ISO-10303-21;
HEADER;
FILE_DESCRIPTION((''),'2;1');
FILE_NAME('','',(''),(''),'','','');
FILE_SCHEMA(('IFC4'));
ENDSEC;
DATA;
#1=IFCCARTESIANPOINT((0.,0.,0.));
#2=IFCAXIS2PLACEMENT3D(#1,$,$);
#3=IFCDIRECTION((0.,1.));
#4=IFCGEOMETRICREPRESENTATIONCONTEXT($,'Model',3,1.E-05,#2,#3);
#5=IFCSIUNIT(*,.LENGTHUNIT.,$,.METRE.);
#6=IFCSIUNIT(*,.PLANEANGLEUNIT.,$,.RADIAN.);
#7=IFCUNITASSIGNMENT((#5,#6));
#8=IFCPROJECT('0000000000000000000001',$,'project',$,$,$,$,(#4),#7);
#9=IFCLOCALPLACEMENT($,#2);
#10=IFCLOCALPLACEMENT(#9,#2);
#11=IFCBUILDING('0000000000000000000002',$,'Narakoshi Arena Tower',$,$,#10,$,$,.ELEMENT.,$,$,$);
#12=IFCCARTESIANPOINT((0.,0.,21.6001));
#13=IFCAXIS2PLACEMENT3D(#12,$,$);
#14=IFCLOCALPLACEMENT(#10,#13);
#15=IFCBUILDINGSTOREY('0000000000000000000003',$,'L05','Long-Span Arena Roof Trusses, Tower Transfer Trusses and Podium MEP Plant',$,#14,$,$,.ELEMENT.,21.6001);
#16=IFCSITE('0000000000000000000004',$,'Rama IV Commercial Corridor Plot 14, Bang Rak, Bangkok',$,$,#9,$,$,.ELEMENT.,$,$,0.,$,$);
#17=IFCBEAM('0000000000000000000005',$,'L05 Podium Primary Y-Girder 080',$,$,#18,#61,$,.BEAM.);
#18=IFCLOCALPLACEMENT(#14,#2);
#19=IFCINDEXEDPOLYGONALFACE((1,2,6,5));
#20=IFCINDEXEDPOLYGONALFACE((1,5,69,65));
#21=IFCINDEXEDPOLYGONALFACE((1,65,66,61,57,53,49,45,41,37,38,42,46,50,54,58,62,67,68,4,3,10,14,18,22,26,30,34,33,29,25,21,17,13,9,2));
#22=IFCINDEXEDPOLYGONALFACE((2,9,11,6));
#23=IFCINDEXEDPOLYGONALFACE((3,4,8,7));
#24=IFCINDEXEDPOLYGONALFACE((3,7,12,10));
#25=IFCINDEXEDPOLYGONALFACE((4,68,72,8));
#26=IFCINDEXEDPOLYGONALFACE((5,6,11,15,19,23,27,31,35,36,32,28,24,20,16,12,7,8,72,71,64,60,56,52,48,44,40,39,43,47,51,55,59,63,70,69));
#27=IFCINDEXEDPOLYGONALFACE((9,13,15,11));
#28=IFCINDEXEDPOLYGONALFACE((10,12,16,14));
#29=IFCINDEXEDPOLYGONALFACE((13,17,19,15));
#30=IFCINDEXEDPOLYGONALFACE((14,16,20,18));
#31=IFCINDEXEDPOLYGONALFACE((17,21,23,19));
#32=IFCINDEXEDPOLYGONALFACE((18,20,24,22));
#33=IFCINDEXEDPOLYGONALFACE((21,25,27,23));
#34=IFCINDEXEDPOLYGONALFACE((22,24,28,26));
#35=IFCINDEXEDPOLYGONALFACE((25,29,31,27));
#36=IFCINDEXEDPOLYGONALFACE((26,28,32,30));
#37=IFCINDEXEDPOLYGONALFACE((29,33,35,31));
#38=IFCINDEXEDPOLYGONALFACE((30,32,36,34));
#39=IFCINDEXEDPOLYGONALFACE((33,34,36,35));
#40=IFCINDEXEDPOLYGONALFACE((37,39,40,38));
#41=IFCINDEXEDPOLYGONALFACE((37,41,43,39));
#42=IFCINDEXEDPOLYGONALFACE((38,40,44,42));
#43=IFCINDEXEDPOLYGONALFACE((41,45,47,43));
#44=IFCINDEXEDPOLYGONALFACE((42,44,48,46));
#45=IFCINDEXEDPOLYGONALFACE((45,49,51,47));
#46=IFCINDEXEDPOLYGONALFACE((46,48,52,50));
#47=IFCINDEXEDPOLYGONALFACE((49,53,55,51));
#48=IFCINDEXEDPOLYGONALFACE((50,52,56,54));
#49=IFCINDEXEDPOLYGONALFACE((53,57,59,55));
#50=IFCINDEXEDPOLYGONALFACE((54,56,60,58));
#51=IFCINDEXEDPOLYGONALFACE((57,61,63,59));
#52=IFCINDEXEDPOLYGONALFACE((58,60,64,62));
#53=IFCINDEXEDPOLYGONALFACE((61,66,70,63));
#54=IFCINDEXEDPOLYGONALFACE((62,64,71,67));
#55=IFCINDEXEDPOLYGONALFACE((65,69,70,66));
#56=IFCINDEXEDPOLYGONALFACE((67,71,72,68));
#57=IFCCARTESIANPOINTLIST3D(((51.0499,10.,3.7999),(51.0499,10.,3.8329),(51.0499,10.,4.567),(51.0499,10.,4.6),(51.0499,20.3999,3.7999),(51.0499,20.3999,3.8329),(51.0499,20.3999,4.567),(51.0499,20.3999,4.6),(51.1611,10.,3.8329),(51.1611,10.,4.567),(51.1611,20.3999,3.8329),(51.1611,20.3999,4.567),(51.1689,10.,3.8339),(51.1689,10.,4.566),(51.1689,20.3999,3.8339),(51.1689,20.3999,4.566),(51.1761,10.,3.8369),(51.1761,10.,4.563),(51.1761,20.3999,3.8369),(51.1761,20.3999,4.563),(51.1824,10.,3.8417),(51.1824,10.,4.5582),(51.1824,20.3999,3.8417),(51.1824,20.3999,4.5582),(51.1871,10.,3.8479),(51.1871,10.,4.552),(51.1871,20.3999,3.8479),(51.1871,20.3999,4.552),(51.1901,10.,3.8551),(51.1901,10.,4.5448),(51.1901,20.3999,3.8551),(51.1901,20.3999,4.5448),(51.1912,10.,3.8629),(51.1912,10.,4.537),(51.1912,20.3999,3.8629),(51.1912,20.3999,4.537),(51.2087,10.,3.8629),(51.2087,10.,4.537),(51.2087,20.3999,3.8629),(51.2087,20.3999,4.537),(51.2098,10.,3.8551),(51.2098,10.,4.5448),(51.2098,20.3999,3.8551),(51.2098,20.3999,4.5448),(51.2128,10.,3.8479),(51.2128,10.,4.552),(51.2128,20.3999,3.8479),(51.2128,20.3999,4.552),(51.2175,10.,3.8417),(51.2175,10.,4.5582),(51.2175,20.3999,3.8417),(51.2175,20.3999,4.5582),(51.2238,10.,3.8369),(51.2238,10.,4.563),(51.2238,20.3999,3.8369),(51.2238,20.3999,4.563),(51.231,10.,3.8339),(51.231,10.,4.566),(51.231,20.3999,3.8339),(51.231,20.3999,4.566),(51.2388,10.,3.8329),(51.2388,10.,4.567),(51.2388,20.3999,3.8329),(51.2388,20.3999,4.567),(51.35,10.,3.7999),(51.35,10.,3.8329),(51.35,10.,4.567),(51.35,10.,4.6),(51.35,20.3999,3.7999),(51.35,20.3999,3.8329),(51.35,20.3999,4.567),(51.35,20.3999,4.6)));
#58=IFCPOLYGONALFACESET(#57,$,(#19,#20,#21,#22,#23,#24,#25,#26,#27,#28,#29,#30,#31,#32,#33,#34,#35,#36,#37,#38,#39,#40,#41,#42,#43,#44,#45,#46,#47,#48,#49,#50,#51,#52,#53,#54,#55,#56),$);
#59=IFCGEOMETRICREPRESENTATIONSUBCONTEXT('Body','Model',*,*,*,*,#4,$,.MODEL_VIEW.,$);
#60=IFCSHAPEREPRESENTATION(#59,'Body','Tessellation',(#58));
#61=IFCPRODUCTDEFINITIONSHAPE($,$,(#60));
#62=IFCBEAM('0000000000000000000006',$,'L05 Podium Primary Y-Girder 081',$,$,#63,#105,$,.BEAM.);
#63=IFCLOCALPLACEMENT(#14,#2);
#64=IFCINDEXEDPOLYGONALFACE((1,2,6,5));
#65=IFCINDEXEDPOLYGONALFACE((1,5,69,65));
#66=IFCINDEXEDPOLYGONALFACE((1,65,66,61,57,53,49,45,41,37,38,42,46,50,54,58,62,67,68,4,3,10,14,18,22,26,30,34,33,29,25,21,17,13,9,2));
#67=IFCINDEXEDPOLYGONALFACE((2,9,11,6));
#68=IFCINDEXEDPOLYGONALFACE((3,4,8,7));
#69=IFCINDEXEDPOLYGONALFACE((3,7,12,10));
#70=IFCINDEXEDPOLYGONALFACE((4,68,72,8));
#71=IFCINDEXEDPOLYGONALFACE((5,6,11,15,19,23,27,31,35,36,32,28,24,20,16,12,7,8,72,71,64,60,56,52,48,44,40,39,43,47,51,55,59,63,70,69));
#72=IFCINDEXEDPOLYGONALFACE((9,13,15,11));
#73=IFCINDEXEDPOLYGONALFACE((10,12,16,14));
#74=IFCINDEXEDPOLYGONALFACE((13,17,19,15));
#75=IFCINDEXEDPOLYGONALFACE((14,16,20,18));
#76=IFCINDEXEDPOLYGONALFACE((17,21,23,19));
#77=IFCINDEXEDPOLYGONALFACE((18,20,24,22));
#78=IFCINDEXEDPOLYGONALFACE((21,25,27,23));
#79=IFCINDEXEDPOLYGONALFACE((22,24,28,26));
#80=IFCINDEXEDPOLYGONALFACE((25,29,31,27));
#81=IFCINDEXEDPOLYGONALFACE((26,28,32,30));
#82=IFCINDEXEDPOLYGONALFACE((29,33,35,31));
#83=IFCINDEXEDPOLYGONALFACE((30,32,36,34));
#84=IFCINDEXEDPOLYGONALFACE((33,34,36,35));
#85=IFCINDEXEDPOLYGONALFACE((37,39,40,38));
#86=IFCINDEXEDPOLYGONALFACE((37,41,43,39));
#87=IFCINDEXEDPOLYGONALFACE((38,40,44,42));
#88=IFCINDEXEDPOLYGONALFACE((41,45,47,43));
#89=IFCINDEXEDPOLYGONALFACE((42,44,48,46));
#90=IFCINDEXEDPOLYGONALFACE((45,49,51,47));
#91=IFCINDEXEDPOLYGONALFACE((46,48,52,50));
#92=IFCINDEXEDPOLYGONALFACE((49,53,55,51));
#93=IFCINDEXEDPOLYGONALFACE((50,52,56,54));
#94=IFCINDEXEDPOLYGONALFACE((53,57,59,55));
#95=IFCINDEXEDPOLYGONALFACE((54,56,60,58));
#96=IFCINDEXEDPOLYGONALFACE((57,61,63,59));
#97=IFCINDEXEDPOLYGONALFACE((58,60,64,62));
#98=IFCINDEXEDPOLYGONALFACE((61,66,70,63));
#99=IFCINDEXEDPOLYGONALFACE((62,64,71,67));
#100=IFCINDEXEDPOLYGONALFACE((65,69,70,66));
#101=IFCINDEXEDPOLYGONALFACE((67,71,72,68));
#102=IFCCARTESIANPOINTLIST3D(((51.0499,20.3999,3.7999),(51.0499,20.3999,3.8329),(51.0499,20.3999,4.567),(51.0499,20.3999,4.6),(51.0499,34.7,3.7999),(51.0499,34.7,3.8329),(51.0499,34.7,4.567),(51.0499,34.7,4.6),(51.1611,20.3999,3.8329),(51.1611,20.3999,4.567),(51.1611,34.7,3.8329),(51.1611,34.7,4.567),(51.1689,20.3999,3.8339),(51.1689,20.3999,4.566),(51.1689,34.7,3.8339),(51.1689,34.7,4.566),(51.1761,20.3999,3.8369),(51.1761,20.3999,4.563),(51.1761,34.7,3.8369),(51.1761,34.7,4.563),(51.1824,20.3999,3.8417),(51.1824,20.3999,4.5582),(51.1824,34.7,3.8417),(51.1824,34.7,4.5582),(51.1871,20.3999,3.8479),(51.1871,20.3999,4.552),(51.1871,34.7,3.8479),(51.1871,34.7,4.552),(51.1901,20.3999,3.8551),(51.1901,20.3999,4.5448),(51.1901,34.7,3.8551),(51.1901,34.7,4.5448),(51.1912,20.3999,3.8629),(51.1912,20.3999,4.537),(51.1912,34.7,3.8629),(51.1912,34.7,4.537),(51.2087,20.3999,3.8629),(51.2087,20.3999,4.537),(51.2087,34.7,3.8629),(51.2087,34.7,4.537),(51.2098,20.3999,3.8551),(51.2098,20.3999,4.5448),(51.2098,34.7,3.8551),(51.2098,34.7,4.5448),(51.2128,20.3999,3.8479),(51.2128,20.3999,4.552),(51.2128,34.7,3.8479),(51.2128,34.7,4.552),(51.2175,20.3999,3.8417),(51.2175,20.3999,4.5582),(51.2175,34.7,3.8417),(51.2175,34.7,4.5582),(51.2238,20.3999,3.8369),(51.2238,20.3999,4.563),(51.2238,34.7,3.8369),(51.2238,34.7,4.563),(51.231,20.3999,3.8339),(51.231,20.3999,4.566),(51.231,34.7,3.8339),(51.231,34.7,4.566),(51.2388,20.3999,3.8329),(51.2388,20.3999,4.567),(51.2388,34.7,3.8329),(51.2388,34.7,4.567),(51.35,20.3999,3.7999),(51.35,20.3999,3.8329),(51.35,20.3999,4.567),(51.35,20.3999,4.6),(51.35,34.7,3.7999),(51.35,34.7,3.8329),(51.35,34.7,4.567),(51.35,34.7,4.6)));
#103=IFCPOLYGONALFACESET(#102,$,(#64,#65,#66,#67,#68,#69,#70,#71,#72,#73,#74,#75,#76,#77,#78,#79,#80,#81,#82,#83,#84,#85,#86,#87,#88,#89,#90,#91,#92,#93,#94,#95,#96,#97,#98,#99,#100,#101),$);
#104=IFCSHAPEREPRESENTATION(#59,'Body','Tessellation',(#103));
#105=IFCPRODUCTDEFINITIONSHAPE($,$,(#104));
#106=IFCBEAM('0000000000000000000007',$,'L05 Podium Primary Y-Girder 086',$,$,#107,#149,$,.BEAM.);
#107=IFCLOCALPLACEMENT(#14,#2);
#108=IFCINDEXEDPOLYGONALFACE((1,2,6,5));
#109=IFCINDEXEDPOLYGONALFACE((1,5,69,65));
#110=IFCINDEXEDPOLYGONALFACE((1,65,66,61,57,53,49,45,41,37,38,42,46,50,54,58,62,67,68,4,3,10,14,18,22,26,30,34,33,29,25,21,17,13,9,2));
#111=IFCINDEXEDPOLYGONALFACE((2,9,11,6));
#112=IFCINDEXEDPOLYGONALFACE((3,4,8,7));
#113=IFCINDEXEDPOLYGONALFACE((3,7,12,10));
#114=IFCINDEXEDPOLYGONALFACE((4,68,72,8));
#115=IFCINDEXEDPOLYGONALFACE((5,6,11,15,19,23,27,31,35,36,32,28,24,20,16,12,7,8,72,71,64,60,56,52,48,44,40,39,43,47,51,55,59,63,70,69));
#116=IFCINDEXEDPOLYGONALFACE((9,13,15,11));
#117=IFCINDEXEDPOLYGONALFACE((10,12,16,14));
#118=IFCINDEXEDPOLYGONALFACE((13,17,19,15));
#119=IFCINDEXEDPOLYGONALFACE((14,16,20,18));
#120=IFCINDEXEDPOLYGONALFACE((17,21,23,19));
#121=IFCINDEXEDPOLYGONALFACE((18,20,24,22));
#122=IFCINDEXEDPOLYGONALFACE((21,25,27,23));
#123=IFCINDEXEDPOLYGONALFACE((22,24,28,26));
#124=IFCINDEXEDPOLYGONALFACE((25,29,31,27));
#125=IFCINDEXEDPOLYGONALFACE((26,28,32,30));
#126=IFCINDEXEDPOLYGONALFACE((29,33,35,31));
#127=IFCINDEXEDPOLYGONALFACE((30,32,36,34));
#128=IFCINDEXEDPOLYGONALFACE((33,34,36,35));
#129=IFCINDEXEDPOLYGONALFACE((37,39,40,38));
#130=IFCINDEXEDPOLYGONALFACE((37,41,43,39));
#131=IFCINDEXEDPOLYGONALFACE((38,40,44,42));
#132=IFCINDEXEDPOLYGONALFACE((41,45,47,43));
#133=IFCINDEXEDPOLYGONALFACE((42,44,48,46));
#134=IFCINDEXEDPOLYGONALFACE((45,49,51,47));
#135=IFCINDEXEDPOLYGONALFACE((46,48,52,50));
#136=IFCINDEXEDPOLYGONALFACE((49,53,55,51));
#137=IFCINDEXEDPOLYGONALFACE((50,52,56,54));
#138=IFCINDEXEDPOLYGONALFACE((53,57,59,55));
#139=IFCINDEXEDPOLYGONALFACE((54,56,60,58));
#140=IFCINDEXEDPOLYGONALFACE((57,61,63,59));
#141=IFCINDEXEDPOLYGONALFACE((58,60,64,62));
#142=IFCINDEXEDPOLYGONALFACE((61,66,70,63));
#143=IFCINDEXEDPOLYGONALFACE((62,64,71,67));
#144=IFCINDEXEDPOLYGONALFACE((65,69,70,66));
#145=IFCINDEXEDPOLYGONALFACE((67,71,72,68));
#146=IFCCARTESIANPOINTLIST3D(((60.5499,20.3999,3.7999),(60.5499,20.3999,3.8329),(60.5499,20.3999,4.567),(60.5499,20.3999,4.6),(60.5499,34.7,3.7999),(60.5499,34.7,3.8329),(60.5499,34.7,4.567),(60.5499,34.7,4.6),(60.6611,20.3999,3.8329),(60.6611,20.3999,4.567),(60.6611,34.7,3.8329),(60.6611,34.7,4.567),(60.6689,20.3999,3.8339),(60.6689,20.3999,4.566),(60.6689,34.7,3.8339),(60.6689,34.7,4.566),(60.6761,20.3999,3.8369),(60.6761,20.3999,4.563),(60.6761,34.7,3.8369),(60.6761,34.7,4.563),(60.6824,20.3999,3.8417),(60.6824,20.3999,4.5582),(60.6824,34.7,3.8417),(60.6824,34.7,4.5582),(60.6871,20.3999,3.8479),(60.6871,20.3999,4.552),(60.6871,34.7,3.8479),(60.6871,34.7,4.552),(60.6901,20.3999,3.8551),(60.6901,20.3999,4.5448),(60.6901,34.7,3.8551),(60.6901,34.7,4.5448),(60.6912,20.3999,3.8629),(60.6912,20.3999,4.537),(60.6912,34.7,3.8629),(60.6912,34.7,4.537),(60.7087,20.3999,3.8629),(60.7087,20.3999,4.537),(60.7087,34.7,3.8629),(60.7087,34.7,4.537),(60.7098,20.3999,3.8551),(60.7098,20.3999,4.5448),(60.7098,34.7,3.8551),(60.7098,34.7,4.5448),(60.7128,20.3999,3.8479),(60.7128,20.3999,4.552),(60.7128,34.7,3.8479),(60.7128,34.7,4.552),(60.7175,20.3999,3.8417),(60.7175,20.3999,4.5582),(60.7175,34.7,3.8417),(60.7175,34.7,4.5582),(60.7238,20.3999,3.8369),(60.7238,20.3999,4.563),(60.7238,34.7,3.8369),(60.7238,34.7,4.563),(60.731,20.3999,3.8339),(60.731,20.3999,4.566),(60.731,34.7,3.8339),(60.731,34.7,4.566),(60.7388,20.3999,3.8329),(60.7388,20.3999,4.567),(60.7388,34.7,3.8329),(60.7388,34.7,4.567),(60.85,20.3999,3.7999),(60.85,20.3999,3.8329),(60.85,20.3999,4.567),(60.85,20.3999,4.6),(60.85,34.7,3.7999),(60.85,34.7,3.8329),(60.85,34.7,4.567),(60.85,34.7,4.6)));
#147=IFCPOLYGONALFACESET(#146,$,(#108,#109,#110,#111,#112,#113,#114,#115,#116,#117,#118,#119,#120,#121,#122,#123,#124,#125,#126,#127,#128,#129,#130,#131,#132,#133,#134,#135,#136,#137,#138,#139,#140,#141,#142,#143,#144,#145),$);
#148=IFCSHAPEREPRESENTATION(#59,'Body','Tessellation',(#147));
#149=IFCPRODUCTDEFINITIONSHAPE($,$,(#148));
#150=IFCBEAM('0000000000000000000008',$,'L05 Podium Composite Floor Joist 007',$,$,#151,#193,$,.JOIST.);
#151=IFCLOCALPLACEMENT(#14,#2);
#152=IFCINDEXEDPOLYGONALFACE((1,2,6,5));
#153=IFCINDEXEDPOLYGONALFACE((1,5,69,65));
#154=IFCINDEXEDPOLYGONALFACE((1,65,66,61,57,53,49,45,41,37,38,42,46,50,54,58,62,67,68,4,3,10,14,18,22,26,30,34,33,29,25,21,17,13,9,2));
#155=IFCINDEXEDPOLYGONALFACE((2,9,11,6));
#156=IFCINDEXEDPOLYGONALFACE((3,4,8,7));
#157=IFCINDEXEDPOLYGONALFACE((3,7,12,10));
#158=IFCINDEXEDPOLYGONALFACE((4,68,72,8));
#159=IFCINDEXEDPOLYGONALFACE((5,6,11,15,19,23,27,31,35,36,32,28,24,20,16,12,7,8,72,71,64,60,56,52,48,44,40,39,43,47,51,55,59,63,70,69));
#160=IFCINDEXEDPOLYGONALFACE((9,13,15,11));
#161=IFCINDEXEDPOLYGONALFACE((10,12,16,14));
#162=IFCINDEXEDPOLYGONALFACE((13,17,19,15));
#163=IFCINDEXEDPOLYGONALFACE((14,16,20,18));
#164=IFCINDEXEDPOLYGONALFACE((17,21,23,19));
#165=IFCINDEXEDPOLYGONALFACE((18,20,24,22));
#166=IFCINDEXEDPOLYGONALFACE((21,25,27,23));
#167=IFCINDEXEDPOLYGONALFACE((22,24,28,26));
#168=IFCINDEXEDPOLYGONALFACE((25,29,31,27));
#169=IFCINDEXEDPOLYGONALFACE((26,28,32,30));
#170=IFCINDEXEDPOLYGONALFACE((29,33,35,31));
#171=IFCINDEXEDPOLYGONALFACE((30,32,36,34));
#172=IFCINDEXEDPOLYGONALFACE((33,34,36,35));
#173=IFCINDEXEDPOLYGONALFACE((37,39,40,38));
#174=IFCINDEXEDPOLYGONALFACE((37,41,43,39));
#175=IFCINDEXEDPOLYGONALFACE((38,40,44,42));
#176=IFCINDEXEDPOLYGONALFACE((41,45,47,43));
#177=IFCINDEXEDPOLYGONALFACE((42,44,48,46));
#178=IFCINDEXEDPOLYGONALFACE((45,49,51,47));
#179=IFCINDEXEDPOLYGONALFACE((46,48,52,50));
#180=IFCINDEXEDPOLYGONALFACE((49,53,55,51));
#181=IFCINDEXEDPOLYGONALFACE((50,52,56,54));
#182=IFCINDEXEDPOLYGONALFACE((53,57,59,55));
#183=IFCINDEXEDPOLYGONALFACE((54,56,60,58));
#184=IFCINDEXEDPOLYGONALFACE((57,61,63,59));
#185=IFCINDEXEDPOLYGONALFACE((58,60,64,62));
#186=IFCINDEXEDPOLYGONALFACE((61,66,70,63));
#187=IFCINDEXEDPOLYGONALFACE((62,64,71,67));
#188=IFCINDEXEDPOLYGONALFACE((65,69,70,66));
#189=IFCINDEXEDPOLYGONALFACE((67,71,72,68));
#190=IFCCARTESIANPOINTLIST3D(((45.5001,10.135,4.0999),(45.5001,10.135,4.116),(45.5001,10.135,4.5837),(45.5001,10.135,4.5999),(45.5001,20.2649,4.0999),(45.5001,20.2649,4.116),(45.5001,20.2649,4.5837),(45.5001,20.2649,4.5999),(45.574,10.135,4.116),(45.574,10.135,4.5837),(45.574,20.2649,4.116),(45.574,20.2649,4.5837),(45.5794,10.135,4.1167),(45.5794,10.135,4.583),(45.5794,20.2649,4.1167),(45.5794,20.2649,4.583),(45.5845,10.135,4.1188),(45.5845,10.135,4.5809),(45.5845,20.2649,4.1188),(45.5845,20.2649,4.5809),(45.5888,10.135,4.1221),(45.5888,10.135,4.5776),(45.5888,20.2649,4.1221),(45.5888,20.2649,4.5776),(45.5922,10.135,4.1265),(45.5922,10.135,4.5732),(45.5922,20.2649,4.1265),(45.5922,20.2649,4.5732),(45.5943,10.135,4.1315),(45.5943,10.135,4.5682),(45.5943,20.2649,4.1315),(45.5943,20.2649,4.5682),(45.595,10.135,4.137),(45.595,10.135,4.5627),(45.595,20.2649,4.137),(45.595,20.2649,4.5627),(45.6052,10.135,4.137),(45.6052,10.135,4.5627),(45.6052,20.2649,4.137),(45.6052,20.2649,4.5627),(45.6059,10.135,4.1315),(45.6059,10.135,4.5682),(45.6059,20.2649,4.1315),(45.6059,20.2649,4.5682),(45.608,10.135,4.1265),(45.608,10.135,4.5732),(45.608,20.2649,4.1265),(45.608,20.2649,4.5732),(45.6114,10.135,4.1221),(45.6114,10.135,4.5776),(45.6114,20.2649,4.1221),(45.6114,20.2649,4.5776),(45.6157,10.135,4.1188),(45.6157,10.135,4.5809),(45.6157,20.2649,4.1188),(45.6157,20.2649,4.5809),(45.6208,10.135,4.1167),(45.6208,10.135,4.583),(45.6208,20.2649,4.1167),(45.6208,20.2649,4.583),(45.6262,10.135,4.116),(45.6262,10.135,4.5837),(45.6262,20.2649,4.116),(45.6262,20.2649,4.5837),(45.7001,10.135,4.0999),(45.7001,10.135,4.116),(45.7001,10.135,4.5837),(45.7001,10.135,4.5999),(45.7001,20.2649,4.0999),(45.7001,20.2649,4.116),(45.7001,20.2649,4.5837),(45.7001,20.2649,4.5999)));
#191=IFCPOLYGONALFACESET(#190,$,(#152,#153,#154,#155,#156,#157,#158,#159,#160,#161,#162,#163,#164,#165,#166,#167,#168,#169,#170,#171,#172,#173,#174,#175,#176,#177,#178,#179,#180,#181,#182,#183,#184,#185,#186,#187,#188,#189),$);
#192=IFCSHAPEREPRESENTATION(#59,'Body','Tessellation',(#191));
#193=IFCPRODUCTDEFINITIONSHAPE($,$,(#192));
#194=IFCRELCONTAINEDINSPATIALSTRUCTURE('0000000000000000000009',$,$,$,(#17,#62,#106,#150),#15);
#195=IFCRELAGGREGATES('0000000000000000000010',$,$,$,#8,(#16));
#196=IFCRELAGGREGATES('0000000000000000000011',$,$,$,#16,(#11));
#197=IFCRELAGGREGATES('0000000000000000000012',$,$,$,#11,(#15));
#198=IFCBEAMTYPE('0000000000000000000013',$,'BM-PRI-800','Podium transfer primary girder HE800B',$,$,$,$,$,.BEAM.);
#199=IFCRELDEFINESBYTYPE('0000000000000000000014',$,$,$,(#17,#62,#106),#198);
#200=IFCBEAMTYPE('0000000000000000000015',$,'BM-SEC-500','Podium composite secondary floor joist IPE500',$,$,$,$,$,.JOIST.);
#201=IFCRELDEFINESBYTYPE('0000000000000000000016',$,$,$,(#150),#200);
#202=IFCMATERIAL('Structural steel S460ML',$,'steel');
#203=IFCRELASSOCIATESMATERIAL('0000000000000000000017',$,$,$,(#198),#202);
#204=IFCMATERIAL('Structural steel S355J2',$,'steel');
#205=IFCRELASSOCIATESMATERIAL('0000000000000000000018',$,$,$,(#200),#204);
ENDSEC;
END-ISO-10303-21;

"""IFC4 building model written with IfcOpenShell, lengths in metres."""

from ifc_helpers import new_model, si_unit, direction, frame, origin, origin_2d, place, context, subcontext, project, spatial, i_section, extrude, material, material_profile, profile_set, type_object, element, save


model = new_model("IFC4")

# Units and contexts
model_context = context("Model", 3, precision=1e-05, world=origin(), true_north=direction((0.0, 1.0)))
body_context = subcontext(model_context, "Body", "Model", "MODEL_VIEW")
ifc_project = project(units=[si_unit("LENGTHUNIT", "METRE"), si_unit("PLANEANGLEUNIT", "RADIAN")], contexts=[model_context])

# Site, building, storey
site_placement = place(None, origin())
site = spatial("IfcSite", under=ifc_project, at=site_placement, Name="Rama IV Commercial Corridor Plot 14, Bang Rak, Bangkok", CompositionType="ELEMENT", RefElevation=0.0)
building_placement = place(site_placement, origin())
building = spatial("IfcBuilding", under=site, at=building_placement, Name="Narakoshi Arena Tower", CompositionType="ELEMENT")
storey_placement = place(building_placement, frame((0.0, 0.0, 21.6001)))
storey = spatial("IfcBuildingStorey", under=building, at=storey_placement, Name="L05", Description="Long-Span Arena Roof Trusses, Tower Transfer Trusses and Podium MEP Plant", CompositionType="ELEMENT", Elevation=21.6001)

# Shared definitions
ifc_material_1 = material(Name="Structural steel S355J2", Category="steel")

# Beams
ifc_material_2 = material(Name="Structural steel S460ML", Category="steel")
ifc_material_profile_1 = material_profile(ifc_material_2, i_section(OverallWidth=0.3, OverallDepth=0.8, WebThickness=0.0176, FlangeThickness=0.033, FilletRadius=0.03, at=origin_2d()), Name="HE800B")
ifc_profile_set_1 = profile_set([ifc_material_profile_1], Name="Structural steel S460ML")
beam_type_1 = type_object("IfcBeamType", Name="BM-PRI-800", Description="Podium transfer primary girder HE800B", PredefinedType="BEAM", material=ifc_profile_set_1)
beam_1_placement = place(storey_placement, frame((51.2, 10.0, 4.2), z_axis=(0.0, 1.0, 0.0), x_axis=(-1.0, 0.0, 0.0)))
element("IfcBeam", 1, at=beam_1_placement, inside=storey, type_object=beam_type_1, Name="L05 Podium Primary Y-Girder 080", PredefinedType="BEAM", context=body_context, shape_type="SweptSolid", body=[
    extrude(i_section(OverallWidth=0.3, OverallDepth=0.8, WebThickness=0.0176, FlangeThickness=0.033, FilletRadius=0.03, at=origin_2d()), origin(), (0.0, 0.0, 1.0), 10.3999),
])
for number, where, z_axis, x_axis, name in (
    (2, (51.2, 20.3999, 4.2), (0.0, 1.0, 0.0), (-1.0, 0.0, 0.0), "L05 Podium Primary Y-Girder 081"),
    (3, (60.7, 20.3999, 4.2), (0.0, 1.0, 0.0), (-1.0, 0.0, 0.0), "L05 Podium Primary Y-Girder 086"),
):
    element("IfcBeam", number, at=place(storey_placement, frame(where, z_axis=z_axis, x_axis=x_axis)), inside=storey, type_object=beam_type_1, Name=name, PredefinedType="BEAM", context=body_context, shape_type="SweptSolid", body=[
        extrude(i_section(OverallWidth=0.3, OverallDepth=0.8, WebThickness=0.0176, FlangeThickness=0.033, FilletRadius=0.03, at=origin_2d()), origin(), (0.0, 0.0, 1.0), 14.3),
    ])
ifc_material_profile_2 = material_profile(ifc_material_1, i_section(OverallWidth=0.2, OverallDepth=0.5, WebThickness=0.0103, FlangeThickness=0.0161, FilletRadius=0.021, at=origin_2d()), Name="IPE500")
ifc_profile_set_2 = profile_set([ifc_material_profile_2], Name="Structural steel S355J2")
beam_type_2 = type_object("IfcBeamType", Name="BM-SEC-500", Description="Podium composite secondary floor joist IPE500", PredefinedType="JOIST", material=ifc_profile_set_2)
for number, where, z_axis, x_axis, name in (
    (4, (45.6001, 10.135, 4.3499), (0.0, 1.0, 0.0), (-1.0, 0.0, 0.0), "L05 Podium Composite Floor Joist 007"),
):
    element("IfcBeam", number, at=place(storey_placement, frame(where, z_axis=z_axis, x_axis=x_axis)), inside=storey, type_object=beam_type_2, Name=name, PredefinedType="JOIST", context=body_context, shape_type="SweptSolid", body=[
        extrude(i_section(OverallWidth=0.2, OverallDepth=0.5, WebThickness=0.0103, FlangeThickness=0.0161, FilletRadius=0.021, at=origin_2d()), origin(), (0.0, 0.0, 1.0), 10.1299),
    ])

save(model, "model.ifc")
